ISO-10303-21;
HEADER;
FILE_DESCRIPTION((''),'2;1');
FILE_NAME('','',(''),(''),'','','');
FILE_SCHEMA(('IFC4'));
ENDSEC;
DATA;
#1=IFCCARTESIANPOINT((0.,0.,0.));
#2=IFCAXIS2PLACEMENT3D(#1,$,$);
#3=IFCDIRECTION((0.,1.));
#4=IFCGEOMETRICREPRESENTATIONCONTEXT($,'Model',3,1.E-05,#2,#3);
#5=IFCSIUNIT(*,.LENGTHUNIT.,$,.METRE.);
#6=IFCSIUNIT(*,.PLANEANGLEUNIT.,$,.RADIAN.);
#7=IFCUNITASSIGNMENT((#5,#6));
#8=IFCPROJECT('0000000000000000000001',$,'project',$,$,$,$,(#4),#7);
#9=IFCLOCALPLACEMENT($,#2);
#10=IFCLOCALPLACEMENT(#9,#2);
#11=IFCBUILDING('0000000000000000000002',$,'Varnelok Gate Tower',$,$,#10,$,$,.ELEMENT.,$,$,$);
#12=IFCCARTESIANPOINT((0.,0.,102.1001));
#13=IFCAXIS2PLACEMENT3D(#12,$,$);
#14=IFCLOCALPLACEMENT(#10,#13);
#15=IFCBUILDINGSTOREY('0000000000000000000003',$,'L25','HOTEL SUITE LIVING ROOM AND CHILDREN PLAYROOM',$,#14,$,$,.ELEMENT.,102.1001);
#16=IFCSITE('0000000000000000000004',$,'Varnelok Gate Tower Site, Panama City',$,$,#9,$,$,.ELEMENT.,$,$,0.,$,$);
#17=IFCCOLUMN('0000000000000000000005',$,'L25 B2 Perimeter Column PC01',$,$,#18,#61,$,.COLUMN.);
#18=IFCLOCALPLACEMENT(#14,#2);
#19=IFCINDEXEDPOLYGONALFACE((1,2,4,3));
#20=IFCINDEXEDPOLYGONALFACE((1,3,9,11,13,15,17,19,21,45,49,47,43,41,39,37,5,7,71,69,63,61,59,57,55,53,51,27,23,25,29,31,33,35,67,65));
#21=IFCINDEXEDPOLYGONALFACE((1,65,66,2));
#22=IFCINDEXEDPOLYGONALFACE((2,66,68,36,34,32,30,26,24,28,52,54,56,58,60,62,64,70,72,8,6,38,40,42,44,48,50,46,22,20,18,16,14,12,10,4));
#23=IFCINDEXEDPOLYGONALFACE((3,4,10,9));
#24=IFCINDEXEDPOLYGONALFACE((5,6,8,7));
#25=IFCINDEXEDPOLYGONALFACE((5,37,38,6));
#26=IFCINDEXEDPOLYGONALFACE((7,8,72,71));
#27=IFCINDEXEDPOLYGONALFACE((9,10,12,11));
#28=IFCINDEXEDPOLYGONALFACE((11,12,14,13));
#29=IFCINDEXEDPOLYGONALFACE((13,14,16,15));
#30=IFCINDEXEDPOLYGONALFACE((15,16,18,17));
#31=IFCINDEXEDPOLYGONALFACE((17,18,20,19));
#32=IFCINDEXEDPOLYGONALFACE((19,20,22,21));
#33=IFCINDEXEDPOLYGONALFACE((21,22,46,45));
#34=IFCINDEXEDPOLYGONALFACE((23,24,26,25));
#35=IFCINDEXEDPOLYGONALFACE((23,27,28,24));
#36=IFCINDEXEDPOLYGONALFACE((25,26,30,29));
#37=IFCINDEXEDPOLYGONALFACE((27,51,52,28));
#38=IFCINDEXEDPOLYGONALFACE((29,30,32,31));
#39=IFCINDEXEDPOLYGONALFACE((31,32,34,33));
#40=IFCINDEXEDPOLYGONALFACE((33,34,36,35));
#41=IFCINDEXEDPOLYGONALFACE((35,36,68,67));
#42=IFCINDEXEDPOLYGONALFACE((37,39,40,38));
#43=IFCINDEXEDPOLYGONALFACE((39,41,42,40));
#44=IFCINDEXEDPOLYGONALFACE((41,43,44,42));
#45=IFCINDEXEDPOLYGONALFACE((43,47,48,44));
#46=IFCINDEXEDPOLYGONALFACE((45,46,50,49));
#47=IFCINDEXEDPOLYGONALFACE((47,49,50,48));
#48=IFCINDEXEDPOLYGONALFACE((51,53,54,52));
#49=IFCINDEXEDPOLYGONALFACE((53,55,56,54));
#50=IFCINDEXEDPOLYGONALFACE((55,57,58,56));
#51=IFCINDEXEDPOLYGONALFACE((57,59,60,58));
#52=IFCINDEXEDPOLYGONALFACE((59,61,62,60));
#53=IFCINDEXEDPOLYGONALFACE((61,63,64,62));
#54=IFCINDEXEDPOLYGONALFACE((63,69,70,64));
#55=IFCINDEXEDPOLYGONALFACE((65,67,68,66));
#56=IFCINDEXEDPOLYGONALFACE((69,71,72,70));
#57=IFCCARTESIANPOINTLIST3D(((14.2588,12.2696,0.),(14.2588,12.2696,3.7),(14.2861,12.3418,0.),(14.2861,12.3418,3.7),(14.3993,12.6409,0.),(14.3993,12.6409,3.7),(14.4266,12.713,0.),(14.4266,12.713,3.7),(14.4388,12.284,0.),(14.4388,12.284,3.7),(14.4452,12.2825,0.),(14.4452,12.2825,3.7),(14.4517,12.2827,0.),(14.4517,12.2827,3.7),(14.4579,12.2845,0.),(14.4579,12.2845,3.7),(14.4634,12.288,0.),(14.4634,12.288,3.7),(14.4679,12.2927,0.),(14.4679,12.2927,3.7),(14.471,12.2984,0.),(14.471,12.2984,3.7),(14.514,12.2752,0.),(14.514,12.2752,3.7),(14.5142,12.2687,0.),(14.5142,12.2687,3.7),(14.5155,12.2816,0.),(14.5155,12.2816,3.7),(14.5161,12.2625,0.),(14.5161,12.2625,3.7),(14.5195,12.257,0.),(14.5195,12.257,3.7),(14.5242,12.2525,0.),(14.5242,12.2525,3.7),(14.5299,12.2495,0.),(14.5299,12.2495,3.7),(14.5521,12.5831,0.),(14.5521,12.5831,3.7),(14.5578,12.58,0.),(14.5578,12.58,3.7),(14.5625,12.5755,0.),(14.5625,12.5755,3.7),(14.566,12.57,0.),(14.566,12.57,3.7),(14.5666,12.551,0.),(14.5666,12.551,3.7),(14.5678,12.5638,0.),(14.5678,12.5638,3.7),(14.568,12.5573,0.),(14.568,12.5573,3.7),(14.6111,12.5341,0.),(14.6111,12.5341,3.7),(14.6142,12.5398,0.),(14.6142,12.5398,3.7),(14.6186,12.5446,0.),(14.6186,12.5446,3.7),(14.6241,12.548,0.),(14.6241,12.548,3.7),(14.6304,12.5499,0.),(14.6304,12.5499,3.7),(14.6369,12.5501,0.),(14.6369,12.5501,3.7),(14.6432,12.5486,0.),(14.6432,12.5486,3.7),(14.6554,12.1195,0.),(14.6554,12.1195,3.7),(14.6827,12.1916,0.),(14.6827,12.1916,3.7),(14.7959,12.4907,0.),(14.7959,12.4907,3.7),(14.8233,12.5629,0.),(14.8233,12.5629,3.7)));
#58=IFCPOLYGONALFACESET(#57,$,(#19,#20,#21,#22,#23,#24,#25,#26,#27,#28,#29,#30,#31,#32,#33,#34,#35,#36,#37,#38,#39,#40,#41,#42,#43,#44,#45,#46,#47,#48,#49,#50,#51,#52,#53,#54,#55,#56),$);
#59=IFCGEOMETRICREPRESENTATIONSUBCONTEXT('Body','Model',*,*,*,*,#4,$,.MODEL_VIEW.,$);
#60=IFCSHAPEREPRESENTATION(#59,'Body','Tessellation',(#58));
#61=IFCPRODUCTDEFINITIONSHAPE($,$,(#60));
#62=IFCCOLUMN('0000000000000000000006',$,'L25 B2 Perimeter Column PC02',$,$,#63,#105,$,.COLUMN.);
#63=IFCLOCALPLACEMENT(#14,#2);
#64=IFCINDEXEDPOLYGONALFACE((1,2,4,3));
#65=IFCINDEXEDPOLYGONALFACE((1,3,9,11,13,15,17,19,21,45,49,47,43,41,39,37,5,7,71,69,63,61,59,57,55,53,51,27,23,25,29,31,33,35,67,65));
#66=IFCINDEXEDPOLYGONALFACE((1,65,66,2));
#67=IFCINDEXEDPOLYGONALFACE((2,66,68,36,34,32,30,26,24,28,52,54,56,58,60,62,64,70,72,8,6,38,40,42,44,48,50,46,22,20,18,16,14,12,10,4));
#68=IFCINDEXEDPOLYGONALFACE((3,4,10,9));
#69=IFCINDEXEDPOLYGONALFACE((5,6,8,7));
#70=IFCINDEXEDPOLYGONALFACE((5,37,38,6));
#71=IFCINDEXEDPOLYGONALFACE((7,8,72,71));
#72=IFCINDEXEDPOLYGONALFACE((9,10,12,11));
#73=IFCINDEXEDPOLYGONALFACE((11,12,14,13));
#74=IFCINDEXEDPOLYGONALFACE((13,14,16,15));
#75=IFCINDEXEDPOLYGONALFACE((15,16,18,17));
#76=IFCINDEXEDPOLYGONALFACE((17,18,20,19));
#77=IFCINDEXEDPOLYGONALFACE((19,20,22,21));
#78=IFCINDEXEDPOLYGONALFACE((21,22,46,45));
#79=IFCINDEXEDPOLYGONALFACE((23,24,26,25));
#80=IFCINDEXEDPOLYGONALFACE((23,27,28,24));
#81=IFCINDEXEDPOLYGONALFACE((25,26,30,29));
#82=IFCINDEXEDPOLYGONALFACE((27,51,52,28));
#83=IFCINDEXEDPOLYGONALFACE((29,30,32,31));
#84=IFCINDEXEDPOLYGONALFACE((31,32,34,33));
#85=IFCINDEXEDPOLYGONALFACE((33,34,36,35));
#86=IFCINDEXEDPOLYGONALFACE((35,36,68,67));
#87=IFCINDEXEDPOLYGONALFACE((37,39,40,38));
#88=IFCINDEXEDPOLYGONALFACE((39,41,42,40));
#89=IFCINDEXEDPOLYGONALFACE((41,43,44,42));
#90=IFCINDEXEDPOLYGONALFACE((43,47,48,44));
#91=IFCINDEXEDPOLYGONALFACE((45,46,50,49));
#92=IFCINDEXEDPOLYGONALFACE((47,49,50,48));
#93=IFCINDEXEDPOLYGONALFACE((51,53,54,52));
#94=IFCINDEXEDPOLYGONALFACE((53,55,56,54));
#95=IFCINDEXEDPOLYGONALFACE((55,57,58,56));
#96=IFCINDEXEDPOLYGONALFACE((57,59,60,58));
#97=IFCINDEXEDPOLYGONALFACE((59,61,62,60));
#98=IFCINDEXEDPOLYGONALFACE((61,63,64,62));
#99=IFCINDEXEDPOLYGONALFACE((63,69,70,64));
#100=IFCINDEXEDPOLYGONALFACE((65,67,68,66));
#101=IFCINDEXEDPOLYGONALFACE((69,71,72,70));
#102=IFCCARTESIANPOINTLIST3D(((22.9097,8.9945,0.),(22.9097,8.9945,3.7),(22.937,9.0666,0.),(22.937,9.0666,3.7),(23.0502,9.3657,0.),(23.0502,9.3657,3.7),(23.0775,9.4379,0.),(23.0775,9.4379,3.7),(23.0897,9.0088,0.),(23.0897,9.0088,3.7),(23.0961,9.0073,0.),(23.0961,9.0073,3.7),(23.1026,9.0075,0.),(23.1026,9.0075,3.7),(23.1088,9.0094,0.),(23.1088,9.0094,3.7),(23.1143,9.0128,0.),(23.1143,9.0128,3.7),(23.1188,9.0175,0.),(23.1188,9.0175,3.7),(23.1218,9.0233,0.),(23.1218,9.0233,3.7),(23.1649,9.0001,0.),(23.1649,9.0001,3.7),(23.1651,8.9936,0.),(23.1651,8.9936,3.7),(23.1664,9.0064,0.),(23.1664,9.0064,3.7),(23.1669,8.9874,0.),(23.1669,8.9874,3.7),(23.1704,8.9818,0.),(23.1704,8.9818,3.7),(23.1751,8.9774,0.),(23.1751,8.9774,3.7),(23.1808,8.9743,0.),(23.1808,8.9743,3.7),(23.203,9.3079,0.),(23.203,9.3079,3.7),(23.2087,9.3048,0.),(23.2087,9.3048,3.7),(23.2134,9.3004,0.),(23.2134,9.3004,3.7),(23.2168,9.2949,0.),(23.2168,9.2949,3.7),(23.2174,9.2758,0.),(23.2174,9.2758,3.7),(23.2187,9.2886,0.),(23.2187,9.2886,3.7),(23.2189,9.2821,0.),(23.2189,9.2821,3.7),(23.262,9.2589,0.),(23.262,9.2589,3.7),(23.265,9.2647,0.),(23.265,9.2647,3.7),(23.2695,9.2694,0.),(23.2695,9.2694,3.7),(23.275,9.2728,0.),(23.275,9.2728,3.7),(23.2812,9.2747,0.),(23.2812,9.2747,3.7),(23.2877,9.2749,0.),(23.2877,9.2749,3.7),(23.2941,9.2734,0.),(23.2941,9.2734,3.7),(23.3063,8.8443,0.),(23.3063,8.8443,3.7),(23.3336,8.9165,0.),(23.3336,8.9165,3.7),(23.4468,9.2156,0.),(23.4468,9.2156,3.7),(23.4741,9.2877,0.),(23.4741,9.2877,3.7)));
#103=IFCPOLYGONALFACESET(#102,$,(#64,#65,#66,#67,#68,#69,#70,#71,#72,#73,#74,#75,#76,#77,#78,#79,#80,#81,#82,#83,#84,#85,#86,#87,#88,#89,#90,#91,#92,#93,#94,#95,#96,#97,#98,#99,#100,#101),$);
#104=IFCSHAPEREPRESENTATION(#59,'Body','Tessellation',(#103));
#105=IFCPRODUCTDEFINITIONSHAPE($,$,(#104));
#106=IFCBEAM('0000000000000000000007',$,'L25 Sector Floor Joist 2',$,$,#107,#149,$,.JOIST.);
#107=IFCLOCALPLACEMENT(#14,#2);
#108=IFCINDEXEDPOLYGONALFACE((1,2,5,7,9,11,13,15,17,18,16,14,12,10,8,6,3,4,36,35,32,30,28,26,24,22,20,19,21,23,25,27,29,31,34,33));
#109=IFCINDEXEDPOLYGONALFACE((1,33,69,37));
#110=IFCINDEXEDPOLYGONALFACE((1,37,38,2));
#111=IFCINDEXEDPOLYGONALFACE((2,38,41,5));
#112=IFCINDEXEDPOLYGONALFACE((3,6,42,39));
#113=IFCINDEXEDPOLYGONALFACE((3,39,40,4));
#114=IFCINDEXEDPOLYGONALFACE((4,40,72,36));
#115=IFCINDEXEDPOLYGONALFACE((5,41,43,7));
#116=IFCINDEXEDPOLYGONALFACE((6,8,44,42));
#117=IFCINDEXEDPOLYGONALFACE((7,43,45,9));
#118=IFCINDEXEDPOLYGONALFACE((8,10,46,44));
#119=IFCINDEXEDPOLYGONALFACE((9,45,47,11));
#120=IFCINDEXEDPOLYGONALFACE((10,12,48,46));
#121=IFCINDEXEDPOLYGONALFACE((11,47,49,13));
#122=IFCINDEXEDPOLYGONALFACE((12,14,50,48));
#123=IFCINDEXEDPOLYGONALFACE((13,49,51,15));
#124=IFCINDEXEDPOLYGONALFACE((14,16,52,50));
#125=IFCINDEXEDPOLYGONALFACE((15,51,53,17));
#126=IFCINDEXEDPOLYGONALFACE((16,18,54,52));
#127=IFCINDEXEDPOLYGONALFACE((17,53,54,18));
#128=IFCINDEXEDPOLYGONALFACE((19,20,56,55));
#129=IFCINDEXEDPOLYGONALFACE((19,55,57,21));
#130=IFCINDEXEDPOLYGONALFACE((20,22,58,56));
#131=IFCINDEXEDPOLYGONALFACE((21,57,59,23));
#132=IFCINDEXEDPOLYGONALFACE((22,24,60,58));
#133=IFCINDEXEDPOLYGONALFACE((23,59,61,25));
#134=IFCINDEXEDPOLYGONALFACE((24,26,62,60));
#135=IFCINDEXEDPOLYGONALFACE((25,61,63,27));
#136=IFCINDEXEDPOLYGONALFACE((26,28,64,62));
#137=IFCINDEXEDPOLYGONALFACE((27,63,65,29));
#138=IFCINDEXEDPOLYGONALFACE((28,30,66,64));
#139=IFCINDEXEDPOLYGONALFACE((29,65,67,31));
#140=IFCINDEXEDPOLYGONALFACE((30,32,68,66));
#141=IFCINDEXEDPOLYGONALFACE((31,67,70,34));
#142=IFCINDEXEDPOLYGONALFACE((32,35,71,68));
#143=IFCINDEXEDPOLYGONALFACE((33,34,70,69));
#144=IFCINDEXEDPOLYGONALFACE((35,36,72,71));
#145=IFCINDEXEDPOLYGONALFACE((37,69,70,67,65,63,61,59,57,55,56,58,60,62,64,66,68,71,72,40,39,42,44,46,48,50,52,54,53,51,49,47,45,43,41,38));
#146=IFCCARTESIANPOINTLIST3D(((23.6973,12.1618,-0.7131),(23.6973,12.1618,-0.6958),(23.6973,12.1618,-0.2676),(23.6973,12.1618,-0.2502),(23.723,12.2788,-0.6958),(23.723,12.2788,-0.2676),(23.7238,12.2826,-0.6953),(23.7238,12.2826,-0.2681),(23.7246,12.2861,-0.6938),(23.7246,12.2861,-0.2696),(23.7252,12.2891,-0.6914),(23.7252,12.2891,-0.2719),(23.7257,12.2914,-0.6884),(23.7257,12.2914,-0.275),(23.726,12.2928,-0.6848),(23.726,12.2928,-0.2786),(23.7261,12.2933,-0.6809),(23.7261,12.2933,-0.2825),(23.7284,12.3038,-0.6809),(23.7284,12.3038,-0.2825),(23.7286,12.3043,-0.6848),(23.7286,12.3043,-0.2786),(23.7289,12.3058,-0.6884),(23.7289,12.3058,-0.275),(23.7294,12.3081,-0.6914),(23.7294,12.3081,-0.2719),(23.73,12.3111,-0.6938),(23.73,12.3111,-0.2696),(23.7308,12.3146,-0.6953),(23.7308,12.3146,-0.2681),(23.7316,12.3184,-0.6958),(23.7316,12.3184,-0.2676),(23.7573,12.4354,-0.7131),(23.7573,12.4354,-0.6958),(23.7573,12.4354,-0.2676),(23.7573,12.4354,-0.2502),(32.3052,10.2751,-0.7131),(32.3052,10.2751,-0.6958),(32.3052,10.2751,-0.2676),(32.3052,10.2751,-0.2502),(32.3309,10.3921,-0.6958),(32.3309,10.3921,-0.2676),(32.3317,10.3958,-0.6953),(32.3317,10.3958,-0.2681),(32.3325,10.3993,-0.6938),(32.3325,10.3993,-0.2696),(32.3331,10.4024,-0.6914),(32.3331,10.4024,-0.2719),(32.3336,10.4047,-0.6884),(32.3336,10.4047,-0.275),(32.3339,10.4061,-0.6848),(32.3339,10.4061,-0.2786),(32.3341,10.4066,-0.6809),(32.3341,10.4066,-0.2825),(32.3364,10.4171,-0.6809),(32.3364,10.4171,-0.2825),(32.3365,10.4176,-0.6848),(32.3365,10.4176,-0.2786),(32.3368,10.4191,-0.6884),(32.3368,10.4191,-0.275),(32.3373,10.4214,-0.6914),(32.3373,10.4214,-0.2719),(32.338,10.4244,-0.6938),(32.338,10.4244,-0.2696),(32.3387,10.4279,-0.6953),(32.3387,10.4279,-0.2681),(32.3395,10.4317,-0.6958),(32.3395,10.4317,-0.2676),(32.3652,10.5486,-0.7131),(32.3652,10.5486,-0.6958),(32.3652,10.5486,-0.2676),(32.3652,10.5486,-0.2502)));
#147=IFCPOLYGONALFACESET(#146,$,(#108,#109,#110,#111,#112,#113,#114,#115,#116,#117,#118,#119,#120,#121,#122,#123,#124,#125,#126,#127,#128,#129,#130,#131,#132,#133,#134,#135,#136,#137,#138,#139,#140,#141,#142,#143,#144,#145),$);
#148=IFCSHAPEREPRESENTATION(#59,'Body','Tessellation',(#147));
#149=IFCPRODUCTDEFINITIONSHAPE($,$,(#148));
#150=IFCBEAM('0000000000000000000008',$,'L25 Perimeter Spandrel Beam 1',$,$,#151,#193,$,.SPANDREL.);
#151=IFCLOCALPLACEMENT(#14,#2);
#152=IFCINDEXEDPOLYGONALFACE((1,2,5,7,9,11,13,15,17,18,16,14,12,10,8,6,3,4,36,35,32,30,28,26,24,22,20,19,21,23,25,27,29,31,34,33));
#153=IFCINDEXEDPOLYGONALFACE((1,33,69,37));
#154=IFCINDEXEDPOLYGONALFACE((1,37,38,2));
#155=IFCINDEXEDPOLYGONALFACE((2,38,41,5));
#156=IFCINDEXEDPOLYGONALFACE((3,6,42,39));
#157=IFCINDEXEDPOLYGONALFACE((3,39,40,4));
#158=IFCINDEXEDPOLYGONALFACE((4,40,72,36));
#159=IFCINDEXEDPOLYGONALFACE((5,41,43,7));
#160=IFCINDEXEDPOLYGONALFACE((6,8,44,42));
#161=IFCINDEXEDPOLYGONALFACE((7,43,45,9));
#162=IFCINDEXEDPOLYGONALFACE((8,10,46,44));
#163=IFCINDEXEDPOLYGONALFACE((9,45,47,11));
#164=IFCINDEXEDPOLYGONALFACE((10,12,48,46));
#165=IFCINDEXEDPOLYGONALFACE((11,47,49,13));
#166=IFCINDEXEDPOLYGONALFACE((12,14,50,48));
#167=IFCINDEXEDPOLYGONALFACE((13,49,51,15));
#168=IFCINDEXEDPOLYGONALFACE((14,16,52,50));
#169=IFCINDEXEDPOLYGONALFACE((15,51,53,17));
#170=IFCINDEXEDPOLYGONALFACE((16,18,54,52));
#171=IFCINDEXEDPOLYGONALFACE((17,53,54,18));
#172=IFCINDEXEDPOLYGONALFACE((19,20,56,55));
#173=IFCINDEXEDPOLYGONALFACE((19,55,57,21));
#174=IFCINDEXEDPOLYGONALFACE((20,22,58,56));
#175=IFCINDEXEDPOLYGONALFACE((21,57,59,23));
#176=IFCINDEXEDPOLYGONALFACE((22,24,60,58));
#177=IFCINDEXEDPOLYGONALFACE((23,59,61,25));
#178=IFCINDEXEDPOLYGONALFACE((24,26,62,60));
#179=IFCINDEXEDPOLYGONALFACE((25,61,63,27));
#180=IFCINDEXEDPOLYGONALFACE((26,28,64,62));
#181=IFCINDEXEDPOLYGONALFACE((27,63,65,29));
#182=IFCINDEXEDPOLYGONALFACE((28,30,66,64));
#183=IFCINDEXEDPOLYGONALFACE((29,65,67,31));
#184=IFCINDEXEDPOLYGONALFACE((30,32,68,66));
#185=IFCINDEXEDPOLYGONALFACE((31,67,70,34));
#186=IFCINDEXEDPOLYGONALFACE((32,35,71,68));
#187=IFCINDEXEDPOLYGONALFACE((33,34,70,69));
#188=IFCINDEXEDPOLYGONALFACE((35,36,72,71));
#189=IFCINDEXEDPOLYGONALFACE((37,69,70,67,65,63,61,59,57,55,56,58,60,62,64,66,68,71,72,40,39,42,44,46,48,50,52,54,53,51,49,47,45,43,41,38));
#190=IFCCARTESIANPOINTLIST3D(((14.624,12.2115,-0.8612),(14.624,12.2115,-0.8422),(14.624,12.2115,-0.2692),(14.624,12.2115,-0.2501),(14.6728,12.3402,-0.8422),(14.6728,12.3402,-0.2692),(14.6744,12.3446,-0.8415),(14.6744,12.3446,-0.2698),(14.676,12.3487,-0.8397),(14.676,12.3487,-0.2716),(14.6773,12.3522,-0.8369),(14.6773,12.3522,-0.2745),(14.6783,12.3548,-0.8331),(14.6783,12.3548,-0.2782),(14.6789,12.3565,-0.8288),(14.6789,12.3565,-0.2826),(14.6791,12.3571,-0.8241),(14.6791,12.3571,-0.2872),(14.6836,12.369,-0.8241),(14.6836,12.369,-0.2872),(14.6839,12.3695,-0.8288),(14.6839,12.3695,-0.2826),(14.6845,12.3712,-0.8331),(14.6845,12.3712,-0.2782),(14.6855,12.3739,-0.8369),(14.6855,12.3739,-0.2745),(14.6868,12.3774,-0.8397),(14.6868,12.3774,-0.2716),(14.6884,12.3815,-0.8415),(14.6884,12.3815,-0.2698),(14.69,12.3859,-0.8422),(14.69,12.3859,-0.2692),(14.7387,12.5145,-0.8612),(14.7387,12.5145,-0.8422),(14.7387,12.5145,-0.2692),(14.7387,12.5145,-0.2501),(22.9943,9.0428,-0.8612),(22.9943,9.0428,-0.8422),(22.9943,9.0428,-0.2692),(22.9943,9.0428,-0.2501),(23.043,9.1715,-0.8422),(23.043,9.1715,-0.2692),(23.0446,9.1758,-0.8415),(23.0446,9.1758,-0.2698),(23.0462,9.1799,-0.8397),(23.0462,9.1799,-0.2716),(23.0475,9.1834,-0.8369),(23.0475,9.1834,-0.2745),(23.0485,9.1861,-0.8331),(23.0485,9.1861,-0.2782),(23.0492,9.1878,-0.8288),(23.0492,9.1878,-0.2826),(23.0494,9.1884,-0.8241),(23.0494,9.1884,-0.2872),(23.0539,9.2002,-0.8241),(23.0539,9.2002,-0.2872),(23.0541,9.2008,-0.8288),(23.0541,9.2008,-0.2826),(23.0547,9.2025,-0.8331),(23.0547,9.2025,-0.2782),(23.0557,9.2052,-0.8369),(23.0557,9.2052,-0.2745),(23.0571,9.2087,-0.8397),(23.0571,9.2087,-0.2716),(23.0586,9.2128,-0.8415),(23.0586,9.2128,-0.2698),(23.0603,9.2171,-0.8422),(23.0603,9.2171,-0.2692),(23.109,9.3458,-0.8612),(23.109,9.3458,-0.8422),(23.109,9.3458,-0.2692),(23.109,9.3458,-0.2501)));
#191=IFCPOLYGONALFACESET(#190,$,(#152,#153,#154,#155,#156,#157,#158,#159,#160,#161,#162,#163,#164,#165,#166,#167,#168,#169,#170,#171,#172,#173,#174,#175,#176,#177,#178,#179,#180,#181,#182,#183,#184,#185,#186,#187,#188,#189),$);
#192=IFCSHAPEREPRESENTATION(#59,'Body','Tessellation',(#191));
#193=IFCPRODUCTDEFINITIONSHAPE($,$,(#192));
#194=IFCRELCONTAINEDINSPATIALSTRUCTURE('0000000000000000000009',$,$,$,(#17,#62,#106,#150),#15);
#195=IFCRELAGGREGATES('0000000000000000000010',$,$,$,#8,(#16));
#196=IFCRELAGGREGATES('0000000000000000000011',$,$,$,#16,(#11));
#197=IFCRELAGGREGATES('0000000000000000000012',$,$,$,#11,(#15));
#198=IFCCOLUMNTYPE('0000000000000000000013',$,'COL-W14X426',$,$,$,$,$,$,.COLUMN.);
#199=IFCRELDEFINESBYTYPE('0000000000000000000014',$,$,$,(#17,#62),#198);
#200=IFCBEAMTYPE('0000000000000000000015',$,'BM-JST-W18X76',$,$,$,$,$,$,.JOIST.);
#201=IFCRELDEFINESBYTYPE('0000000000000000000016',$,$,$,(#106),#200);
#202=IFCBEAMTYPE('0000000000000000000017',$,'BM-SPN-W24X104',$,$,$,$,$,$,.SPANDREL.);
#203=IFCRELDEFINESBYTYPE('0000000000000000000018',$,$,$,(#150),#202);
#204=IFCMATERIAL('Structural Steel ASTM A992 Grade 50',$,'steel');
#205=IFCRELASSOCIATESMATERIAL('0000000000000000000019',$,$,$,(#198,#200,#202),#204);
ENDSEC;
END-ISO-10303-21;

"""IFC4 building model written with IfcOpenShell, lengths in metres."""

from ifc_helpers import new_model, si_unit, direction, frame, origin, origin_2d, place, context, subcontext, project, spatial, i_section, extrude, material, material_profile, profile_set, type_object, element, save


model = new_model("IFC4")

# Units and contexts
model_context = context("Model", 3, precision=1e-05, world=origin(), true_north=direction((0.0, 1.0)))
body_context = subcontext(model_context, "Body", "Model", "MODEL_VIEW")
ifc_project = project(units=[si_unit("LENGTHUNIT", "METRE"), si_unit("PLANEANGLEUNIT", "RADIAN")], contexts=[model_context])

# Site, building, storey
site_placement = place(None, origin())
site = spatial("IfcSite", under=ifc_project, at=site_placement, Name="Varnelok Gate Tower Site, Panama City", CompositionType="ELEMENT", RefElevation=0.0)
building_placement = place(site_placement, origin())
building = spatial("IfcBuilding", under=site, at=building_placement, Name="Varnelok Gate Tower", CompositionType="ELEMENT")
storey_placement = place(building_placement, frame((0.0, 0.0, 102.1001)))
storey = spatial("IfcBuildingStorey", under=building, at=storey_placement, Name="L25", Description="HOTEL SUITE LIVING ROOM AND CHILDREN PLAYROOM", CompositionType="ELEMENT", Elevation=102.1001)

# Columns
ifc_material_1 = material(Name="Structural Steel ASTM A992 Grade 50", Category="steel")
ifc_material_profile_1 = material_profile(ifc_material_1, i_section(OverallWidth=0.4241, OverallDepth=0.4741, WebThickness=0.0476, FlangeThickness=0.0771, FilletRadius=0.0249, at=origin_2d()), Name="W14X426")
ifc_profile_set_1 = profile_set([ifc_material_profile_1], Name="Structural Steel ASTM A992 Grade 50")
column_type = type_object("IfcColumnType", Name="COL-W14X426", PredefinedType="COLUMN", material=ifc_profile_set_1)
for number, where, z_axis, x_axis, name in (
    (1, (14.541, 12.4163, 0.0), (0.0, 0.0, 1.0), (0.935222, -0.354063, 0.0), "L25 B2 Perimeter Column PC01"),
    (2, (23.1919, 9.1411, 0.0), (0.0, 0.0, 1.0), (0.935222, -0.354063, 0.0), "L25 B2 Perimeter Column PC02"),
):
    element("IfcColumn", number, at=place(storey_placement, frame(where, z_axis=z_axis, x_axis=x_axis)), inside=storey, type_object=column_type, Name=name, PredefinedType="COLUMN", context=body_context, shape_type="SweptSolid", body=[
        extrude(i_section(OverallWidth=0.4241, OverallDepth=0.4741, WebThickness=0.0476, FlangeThickness=0.0771, FilletRadius=0.0249, at=origin_2d()), origin(), (0.0, 0.0, 1.0), 3.7),
    ])

# Beams
ifc_material_profile_2 = material_profile(ifc_material_1, i_section(OverallWidth=0.28, OverallDepth=0.4629, WebThickness=0.0107, FlangeThickness=0.0173, FilletRadius=0.0149, at=origin_2d()), Name="W18X76")
ifc_profile_set_2 = profile_set([ifc_material_profile_2], Name="Structural Steel ASTM A992 Grade 50")
beam_type_1 = type_object("IfcBeamType", Name="BM-JST-W18X76", PredefinedType="JOIST", material=ifc_profile_set_2)
beam_1_placement = place(storey_placement, frame((23.7273, 12.2986, -0.4817), z_axis=(0.976811, -0.214102, 0.0), x_axis=(0.214102, 0.976811, 0.0)))
element("IfcBeam", 3, at=beam_1_placement, inside=storey, type_object=beam_type_1, Name="L25 Sector Floor Joist 2", PredefinedType="JOIST", context=body_context, shape_type="SweptSolid", body=[
    extrude(i_section(OverallWidth=0.28, OverallDepth=0.4629, WebThickness=0.0107, FlangeThickness=0.0173, FilletRadius=0.0149, at=origin_2d()), origin(), (0.0, 0.0, 1.0), 8.8123),
])
ifc_material_profile_3 = material_profile(ifc_material_1, i_section(OverallWidth=0.324, OverallDepth=0.6111, WebThickness=0.0127, FlangeThickness=0.019, FilletRadius=0.0181, at=origin_2d()), Name="W24X104")
ifc_profile_set_3 = profile_set([ifc_material_profile_3], Name="Structural Steel ASTM A992 Grade 50")
beam_type_2 = type_object("IfcBeamType", Name="BM-SPN-W24X104", PredefinedType="SPANDREL", material=ifc_profile_set_3)
beam_2_placement = place(storey_placement, frame((14.6814, 12.363, -0.5557), z_axis=(0.935226, -0.354051, 0.0), x_axis=(0.354051, 0.935226, 0.0)))
element("IfcBeam", 4, at=beam_2_placement, inside=storey, type_object=beam_type_2, Name="L25 Perimeter Spandrel Beam 1", PredefinedType="SPANDREL", context=body_context, shape_type="SweptSolid", body=[
    extrude(i_section(OverallWidth=0.324, OverallDepth=0.6111, WebThickness=0.0127, FlangeThickness=0.019, FilletRadius=0.0181, at=origin_2d()), origin(), (0.0, 0.0, 1.0), 8.95),
])

save(model, "model.ifc")
